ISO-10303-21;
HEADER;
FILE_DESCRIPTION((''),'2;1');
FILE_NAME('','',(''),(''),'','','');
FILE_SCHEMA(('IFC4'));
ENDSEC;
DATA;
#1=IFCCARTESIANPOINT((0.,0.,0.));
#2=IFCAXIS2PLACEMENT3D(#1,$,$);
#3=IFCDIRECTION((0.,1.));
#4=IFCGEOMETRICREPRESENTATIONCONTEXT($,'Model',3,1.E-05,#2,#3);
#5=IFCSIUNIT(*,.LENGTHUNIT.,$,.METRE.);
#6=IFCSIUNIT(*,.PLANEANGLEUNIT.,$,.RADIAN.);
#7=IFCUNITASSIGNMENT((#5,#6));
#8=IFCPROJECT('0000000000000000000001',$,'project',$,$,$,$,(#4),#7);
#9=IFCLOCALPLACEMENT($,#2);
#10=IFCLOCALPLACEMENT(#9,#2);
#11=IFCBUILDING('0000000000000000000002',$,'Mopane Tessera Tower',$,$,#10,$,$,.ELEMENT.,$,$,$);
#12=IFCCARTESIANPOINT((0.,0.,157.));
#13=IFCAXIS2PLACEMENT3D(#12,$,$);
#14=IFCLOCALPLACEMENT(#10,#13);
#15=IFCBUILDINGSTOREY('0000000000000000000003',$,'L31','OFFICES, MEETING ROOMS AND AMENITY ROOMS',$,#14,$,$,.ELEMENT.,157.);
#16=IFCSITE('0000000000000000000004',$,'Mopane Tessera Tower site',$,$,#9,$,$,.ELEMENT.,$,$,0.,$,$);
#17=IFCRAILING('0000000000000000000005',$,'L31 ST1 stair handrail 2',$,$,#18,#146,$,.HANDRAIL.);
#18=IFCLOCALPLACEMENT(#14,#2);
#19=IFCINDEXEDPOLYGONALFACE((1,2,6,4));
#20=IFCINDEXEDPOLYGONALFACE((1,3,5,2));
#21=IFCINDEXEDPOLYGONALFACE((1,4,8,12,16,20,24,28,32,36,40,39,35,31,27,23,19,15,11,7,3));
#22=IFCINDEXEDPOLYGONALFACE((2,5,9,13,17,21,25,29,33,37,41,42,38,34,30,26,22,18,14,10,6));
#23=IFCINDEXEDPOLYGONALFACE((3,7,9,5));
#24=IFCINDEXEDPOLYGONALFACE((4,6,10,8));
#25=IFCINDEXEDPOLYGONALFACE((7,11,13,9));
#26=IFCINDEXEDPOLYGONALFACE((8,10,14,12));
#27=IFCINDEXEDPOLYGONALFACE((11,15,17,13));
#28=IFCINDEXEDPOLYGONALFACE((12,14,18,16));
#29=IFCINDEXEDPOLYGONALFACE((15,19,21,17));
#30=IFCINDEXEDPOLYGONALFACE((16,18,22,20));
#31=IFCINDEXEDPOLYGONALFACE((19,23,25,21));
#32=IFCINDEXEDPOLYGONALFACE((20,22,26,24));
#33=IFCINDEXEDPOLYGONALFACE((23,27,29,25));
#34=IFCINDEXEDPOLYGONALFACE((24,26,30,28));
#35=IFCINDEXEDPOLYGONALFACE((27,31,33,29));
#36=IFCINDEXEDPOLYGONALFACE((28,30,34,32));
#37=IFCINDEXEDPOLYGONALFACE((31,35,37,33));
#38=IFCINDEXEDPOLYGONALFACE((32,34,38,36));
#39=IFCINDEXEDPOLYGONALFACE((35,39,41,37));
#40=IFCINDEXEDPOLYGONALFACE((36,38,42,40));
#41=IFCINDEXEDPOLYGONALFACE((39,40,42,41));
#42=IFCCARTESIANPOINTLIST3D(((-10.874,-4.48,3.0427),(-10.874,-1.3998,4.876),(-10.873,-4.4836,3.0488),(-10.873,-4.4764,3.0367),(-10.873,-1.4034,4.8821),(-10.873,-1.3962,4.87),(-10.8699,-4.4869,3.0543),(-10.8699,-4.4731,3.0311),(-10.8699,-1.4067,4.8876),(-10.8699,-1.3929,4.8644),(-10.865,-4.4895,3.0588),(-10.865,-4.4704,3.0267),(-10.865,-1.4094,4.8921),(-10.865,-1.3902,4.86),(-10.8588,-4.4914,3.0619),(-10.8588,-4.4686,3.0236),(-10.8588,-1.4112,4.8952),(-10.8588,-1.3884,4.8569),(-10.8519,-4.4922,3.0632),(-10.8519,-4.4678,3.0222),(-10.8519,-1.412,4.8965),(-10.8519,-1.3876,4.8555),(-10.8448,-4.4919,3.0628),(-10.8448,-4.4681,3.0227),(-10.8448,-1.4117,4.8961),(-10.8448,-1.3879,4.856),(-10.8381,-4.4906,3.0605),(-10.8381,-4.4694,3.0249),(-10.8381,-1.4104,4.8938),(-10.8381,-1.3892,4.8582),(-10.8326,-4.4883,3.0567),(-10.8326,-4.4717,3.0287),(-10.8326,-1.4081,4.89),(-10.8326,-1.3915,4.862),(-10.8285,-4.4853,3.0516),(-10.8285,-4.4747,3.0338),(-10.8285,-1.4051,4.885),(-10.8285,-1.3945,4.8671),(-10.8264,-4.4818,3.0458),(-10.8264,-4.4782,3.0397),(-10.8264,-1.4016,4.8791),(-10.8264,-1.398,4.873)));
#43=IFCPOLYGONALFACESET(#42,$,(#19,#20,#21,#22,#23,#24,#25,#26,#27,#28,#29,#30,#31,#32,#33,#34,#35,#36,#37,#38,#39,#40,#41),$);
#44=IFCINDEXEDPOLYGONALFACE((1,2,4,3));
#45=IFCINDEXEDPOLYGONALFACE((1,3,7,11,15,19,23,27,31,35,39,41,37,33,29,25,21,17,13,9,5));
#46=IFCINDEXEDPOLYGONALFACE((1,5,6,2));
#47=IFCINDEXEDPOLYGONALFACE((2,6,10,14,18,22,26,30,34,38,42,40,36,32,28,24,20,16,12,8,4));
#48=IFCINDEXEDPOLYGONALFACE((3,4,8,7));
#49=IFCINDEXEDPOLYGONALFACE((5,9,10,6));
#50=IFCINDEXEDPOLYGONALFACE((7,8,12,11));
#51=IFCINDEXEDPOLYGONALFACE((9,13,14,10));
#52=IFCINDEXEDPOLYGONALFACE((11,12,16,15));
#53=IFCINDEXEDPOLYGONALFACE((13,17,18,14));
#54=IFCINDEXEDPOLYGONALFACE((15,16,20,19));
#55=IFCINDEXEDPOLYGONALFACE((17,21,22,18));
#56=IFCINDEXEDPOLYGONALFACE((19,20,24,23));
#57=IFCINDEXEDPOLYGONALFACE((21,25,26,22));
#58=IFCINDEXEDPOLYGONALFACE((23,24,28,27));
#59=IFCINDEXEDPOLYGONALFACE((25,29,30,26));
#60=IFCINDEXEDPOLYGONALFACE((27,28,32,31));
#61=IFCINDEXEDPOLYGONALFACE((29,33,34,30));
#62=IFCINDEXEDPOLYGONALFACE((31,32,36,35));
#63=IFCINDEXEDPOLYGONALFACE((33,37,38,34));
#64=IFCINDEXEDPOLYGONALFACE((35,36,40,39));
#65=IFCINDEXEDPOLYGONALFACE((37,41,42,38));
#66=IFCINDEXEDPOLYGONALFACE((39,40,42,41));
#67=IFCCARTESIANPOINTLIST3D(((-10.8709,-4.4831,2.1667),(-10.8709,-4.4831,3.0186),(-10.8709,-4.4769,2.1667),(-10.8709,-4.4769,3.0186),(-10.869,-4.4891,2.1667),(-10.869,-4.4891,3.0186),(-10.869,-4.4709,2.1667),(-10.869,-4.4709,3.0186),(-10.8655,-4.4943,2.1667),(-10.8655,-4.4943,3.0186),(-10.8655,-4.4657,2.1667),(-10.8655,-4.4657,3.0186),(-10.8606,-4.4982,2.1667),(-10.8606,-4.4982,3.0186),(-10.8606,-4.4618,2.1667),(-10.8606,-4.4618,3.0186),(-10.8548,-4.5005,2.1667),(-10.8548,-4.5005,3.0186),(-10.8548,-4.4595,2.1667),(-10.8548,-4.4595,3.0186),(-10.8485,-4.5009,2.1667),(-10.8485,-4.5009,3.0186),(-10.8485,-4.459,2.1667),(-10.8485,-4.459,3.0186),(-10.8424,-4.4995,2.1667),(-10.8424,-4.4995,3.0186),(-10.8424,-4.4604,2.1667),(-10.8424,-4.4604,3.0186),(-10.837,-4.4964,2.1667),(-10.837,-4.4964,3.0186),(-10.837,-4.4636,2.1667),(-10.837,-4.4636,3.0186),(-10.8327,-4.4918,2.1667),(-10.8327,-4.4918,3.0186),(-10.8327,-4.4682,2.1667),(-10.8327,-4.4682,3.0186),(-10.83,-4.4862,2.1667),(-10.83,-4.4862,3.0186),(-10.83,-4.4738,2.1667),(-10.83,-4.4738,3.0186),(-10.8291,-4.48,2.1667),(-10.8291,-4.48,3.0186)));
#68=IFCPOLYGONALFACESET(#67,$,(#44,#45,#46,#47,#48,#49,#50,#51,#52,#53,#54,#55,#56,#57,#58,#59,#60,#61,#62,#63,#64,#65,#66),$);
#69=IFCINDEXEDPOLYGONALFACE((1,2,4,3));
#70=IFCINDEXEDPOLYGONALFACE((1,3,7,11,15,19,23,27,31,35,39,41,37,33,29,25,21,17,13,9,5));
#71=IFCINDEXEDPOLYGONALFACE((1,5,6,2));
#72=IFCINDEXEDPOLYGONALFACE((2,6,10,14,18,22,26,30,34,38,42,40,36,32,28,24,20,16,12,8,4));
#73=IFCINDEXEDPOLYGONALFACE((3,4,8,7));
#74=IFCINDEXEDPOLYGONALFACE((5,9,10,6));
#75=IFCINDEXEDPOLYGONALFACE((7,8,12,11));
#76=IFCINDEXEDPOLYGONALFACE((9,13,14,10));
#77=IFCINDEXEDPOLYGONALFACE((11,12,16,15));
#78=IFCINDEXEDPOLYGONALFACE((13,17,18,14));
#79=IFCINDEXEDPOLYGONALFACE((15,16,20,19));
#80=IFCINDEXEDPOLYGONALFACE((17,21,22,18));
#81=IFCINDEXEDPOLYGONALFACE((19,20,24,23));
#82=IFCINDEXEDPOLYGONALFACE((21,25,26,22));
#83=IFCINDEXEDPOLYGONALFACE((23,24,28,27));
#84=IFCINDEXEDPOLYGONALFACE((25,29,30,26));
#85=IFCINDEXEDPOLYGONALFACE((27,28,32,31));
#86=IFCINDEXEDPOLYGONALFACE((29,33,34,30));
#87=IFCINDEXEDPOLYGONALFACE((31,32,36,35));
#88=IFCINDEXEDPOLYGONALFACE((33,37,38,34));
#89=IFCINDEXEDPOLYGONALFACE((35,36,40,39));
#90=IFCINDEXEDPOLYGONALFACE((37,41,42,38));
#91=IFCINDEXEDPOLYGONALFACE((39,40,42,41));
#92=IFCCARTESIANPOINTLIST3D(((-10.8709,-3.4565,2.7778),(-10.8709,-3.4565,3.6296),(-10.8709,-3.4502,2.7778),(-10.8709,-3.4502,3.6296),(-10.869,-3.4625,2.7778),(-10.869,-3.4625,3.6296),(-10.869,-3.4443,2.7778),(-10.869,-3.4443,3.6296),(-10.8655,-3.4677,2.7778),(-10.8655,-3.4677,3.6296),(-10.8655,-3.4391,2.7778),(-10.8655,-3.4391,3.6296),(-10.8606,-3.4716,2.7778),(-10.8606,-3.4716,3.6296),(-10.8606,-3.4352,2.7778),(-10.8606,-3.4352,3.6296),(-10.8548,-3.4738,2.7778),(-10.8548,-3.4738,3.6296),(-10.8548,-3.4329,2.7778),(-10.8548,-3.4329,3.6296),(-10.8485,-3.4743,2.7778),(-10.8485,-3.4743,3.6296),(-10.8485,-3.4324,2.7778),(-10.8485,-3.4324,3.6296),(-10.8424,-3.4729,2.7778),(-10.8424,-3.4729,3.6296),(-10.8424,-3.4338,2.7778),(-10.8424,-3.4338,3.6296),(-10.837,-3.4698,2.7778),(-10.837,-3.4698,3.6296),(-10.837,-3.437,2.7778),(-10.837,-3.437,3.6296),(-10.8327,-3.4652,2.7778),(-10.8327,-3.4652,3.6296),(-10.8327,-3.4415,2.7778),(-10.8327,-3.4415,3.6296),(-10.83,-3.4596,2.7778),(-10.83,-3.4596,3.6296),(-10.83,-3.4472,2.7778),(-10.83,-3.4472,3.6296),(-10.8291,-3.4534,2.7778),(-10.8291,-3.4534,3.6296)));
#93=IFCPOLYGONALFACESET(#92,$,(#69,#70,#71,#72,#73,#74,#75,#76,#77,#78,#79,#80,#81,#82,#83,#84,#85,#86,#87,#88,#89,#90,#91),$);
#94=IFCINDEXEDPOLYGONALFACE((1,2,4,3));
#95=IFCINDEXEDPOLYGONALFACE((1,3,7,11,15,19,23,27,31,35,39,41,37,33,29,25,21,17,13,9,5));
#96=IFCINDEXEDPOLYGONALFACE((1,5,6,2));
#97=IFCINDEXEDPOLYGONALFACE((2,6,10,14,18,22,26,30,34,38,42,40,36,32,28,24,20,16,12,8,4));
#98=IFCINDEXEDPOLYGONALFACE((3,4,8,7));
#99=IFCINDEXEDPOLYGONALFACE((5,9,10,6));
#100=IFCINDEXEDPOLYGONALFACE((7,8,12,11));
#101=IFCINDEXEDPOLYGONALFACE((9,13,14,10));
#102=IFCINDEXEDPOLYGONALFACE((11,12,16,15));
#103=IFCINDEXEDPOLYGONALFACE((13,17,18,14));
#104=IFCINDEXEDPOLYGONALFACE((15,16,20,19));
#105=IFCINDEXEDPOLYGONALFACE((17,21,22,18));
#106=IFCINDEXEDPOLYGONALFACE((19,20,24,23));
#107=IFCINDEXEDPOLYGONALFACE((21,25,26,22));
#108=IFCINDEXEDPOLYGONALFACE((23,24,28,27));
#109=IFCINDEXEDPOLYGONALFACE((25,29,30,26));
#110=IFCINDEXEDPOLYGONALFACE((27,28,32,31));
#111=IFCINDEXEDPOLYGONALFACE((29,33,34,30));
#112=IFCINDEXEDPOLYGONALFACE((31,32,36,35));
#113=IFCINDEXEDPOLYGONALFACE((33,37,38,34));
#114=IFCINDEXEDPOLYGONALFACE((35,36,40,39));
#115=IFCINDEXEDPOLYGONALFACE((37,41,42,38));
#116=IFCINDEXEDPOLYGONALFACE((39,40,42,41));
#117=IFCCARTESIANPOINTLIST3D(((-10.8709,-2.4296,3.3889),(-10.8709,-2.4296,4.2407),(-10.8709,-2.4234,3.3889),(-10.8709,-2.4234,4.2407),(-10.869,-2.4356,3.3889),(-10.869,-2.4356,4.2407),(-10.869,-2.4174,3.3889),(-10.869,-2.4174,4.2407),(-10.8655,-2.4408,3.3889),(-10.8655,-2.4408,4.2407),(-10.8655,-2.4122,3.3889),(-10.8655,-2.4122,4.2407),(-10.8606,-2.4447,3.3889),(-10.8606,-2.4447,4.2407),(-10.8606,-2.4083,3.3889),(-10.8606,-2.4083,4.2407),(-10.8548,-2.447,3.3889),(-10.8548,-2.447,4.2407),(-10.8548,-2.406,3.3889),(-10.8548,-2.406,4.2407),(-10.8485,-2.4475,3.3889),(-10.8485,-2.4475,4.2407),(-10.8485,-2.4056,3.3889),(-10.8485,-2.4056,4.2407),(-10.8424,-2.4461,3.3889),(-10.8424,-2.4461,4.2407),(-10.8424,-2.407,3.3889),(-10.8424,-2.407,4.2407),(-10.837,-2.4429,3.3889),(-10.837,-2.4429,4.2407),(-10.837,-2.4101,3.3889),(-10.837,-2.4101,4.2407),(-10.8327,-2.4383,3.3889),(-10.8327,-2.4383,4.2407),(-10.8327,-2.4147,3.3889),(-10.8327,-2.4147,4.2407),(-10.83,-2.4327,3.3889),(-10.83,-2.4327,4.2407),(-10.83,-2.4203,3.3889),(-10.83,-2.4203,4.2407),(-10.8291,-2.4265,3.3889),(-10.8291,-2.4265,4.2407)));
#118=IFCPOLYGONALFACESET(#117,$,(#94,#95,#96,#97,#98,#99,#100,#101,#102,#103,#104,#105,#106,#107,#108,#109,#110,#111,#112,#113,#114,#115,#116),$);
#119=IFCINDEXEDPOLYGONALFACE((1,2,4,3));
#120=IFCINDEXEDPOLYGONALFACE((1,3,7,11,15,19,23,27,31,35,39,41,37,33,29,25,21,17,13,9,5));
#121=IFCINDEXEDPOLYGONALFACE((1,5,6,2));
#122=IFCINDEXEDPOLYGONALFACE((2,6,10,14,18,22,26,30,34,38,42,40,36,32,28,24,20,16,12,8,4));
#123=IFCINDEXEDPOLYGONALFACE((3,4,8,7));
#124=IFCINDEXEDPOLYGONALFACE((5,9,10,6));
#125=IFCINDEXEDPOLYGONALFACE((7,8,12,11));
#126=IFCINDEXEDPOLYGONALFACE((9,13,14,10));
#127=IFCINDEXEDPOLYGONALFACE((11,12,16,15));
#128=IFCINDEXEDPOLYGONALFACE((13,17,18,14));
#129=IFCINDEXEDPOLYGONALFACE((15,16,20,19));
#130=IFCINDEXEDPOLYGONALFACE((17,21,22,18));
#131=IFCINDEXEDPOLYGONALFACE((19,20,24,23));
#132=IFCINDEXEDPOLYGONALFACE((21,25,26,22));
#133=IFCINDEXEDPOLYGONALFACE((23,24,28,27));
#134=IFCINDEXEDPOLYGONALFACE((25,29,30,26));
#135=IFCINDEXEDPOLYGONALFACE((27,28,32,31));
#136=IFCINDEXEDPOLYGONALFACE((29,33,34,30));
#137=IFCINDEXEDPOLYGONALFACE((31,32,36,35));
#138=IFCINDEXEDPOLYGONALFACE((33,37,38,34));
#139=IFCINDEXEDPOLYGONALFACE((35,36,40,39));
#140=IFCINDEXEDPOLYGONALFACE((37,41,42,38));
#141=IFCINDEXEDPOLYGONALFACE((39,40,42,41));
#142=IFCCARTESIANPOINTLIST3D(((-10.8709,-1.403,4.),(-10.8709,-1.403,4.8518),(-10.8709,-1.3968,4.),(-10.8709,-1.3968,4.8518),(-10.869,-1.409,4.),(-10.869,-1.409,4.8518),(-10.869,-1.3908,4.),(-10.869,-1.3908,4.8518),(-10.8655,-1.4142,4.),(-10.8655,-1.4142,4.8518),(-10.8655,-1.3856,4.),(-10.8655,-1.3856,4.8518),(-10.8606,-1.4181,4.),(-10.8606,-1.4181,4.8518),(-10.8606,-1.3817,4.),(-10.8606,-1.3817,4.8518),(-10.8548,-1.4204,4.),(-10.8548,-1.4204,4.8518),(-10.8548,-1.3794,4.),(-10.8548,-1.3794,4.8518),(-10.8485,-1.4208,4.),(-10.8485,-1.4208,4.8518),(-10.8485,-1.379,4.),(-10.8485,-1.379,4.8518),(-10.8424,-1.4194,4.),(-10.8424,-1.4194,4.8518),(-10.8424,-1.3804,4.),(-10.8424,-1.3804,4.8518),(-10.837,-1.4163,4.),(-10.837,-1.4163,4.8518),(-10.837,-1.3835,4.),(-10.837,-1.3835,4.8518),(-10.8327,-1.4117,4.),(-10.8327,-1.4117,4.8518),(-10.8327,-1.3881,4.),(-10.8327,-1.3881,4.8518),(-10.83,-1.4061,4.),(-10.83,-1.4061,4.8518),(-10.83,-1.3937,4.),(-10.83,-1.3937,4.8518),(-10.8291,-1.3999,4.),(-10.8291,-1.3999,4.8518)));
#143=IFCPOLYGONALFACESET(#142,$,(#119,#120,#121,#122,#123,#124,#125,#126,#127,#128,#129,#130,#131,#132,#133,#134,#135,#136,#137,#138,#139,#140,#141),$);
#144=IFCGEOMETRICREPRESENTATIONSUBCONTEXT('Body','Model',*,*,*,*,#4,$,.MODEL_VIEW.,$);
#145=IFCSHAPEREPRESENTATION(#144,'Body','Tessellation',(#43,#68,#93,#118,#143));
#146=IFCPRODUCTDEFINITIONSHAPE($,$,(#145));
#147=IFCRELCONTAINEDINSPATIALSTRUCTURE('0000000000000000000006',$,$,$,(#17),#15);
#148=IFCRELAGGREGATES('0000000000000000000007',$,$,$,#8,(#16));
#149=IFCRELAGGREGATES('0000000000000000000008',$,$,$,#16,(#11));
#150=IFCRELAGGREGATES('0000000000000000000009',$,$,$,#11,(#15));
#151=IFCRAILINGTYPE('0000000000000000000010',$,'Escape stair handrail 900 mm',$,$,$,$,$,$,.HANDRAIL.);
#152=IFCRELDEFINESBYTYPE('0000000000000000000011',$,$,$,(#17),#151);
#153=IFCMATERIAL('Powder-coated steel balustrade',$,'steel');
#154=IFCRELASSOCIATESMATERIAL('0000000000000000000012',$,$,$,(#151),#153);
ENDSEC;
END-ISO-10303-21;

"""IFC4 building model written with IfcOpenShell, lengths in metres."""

from ifc_helpers import new_model, si_unit, direction, frame, origin, origin_2d, place, context, subcontext, project, spatial, circle, extrude, material, type_object, element, save


model = new_model("IFC4")

# Units and contexts
model_context = context("Model", 3, precision=1e-05, world=origin(), true_north=direction((0.0, 1.0)))
body_context = subcontext(model_context, "Body", "Model", "MODEL_VIEW")
ifc_project = project(units=[si_unit("LENGTHUNIT", "METRE"), si_unit("PLANEANGLEUNIT", "RADIAN")], contexts=[model_context])

# Site, building, storey
site_placement = place(None, origin())
site = spatial("IfcSite", under=ifc_project, at=site_placement, Name="Mopane Tessera Tower site", CompositionType="ELEMENT", RefElevation=0.0)
building_placement = place(site_placement, origin())
building = spatial("IfcBuilding", under=site, at=building_placement, Name="Mopane Tessera Tower", CompositionType="ELEMENT")
storey_placement = place(building_placement, frame((0.0, 0.0, 157.0)))
storey = spatial("IfcBuildingStorey", under=building, at=storey_placement, Name="L31", Description="OFFICES, MEETING ROOMS AND AMENITY ROOMS", CompositionType="ELEMENT", Elevation=157.0)

# Railing
ifc_material_1 = material(Name="Powder-coated steel balustrade", Category="steel")
railing_type_1 = type_object("IfcRailingType", Name="Escape stair handrail 900 mm", PredefinedType="HANDRAIL", material=ifc_material_1)
railing_1_placement = place(storey_placement, frame((-10.8501, -4.48, 2.1667)))
element("IfcRailing", 1, at=railing_1_placement, inside=storey, type_object=railing_type_1, Name="L31 ST1 stair handrail 2", PredefinedType="HANDRAIL", context=body_context, shape_type="SweptSolid", body=[
    extrude(circle(Radius=0.0239, at=origin_2d()), frame((0.0, 0.0, 0.876), z_axis=(0.0, 0.859309, 0.511458), x_axis=(-1.0, 0.0, 0.0)), (0.0, 0.0, 1.0), 3.5845),
    extrude(circle(Radius=0.021, at=origin_2d()), origin(), (0.0, 0.0, 1.0), 0.8518),
    extrude(circle(Radius=0.021, at=origin_2d()), frame((0.0, 1.0266, 0.6111)), (0.0, 0.0, 1.0), 0.8518),
    extrude(circle(Radius=0.021, at=origin_2d()), frame((0.0, 2.0535, 1.2222)), (0.0, 0.0, 1.0), 0.8518),
    extrude(circle(Radius=0.021, at=origin_2d()), frame((0.0, 3.0801, 1.8333)), (0.0, 0.0, 1.0), 0.8518),
])

save(model, "model.ifc")
